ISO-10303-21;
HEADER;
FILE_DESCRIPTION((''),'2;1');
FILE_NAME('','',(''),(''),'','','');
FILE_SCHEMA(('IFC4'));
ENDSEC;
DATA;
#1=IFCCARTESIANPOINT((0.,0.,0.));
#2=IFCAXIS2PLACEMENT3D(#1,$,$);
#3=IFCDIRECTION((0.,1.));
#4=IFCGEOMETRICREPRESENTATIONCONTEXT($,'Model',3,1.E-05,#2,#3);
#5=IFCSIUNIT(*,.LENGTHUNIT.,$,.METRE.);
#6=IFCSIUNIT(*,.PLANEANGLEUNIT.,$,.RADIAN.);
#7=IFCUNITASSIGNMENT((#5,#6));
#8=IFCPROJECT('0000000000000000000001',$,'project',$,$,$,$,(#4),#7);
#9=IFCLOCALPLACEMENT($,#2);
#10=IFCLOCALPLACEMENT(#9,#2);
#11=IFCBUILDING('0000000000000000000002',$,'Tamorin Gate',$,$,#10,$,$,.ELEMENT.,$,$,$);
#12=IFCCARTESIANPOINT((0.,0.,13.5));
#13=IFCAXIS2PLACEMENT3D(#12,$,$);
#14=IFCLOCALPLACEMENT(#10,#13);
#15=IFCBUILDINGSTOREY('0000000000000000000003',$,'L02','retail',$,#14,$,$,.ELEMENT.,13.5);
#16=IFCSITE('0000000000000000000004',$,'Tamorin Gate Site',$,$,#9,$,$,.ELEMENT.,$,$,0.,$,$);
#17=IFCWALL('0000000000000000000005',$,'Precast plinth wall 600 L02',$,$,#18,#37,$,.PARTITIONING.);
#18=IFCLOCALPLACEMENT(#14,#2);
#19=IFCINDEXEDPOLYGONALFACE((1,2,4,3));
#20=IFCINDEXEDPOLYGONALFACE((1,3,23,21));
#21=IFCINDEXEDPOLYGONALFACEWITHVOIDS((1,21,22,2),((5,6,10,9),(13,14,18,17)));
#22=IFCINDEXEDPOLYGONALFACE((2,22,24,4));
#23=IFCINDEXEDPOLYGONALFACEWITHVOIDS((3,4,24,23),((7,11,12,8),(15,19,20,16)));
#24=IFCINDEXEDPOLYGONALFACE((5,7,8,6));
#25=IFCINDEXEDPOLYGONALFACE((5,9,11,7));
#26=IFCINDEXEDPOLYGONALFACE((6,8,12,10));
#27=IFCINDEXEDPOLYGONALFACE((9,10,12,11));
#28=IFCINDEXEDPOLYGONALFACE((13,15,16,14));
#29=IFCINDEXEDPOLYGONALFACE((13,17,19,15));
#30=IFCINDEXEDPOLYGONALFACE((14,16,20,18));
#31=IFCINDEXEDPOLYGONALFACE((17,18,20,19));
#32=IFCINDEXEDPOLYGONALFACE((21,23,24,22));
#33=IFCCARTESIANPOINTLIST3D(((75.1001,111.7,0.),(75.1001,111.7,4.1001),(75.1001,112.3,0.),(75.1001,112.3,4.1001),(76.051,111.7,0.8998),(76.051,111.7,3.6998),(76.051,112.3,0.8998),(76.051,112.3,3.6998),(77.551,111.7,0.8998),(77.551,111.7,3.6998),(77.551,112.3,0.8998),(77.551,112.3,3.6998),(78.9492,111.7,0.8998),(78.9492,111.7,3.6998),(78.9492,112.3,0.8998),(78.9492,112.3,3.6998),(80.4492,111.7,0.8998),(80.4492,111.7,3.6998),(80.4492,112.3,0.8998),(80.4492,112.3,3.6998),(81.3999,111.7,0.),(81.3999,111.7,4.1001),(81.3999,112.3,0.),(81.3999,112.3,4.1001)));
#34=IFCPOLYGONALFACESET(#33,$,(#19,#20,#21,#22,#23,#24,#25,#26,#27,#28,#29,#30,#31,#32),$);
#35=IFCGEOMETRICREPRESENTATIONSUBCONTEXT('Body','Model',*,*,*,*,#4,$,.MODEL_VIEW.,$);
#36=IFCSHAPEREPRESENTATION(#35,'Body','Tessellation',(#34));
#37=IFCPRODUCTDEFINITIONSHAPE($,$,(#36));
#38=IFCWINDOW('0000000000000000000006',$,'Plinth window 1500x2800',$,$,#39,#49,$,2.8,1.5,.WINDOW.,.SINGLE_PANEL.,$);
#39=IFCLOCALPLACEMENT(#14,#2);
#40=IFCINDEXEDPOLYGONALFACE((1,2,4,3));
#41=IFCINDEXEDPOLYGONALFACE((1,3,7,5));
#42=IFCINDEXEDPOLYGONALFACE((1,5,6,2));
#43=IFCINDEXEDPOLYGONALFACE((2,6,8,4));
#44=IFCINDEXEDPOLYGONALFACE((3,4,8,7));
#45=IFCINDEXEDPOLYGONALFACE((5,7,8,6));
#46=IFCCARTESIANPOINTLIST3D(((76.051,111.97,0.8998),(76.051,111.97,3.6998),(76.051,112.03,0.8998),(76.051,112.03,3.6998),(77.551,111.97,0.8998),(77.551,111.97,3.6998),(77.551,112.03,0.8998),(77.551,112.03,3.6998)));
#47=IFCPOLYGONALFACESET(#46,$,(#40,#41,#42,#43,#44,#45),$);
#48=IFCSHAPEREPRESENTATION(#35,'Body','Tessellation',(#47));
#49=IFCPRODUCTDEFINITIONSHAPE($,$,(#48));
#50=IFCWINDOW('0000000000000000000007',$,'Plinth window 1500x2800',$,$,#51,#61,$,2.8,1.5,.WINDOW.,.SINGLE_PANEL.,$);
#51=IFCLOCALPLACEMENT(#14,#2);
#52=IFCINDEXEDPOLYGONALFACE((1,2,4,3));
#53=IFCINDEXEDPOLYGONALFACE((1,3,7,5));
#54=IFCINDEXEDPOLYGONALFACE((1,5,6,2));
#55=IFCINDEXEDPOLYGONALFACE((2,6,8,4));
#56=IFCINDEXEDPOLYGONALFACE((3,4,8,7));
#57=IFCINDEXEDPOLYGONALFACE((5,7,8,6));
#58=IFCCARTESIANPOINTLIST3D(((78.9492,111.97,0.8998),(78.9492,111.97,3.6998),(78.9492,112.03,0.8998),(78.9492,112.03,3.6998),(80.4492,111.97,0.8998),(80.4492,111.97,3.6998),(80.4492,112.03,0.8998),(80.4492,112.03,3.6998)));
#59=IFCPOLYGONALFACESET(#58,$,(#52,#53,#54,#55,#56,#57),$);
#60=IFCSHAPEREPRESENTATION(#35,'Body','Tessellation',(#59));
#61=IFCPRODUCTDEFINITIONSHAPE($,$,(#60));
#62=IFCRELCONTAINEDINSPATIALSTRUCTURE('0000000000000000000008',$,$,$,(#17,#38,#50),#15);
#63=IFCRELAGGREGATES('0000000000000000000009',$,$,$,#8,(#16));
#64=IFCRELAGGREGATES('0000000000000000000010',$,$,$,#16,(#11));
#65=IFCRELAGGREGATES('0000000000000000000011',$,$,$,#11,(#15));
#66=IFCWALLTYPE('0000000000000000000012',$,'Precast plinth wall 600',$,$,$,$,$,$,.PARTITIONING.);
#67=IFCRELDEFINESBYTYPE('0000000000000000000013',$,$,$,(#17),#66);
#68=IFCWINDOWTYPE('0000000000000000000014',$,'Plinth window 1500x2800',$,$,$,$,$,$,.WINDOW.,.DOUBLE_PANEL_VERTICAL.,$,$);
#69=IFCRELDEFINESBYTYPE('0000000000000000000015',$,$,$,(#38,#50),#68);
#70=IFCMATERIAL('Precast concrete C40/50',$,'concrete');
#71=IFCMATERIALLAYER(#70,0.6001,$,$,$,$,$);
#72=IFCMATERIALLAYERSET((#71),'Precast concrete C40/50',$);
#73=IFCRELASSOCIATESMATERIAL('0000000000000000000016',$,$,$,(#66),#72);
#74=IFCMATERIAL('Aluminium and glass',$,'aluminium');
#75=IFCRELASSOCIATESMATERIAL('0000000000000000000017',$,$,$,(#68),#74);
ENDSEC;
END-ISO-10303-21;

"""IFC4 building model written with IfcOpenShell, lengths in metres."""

from ifc_helpers import new_model, si_unit, direction, frame, frame_2d, origin, place, context, subcontext, project, spatial, rectangle, extrude, material, layer, layer_set, type_object, element, fill, save


model = new_model("IFC4")

# Units and contexts
model_context = context("Model", 3, precision=1e-05, world=origin(), true_north=direction((0.0, 1.0)))
body_context = subcontext(model_context, "Body", "Model", "MODEL_VIEW")
ifc_project = project(units=[si_unit("LENGTHUNIT", "METRE"), si_unit("PLANEANGLEUNIT", "RADIAN")], contexts=[model_context])

# Site, building, storey
site_placement = place(None, origin())
site = spatial("IfcSite", under=ifc_project, at=site_placement, Name="Tamorin Gate Site", CompositionType="ELEMENT", RefElevation=0.0)
building_placement = place(site_placement, origin())
building = spatial("IfcBuilding", under=site, at=building_placement, Name="Tamorin Gate", CompositionType="ELEMENT")
storey_placement = place(building_placement, frame((0.0, 0.0, 13.5)))
storey = spatial("IfcBuildingStorey", under=building, at=storey_placement, Name="L02", Description="retail", CompositionType="ELEMENT", Elevation=13.5)

# Shared definitions
ifc_material_1 = material(Name="Precast concrete C40/50", Category="concrete")
ifc_layer_1 = layer(ifc_material_1, 0.6001)
ifc_layer_set_1 = layer_set([ifc_layer_1], Name="Precast concrete C40/50")
wall_type_1 = type_object("IfcWallType", Name="Precast plinth wall 600", PredefinedType="PARTITIONING", material=ifc_layer_set_1)
ifc_material_2 = material(Name="Aluminium and glass", Category="aluminium")

# Wall, openings, windows
window_type_1 = type_object("IfcWindowType", Name="Plinth window 1500x2800", PartitioningType="DOUBLE_PANEL_VERTICAL", PredefinedType="WINDOW", material=ifc_material_2)
wall_1_placement = place(storey_placement, frame((75.1001, 112.0, 0.0), z_axis=(0.0, 0.0, 1.0), x_axis=(1.0, 0.0, 0.0)))
wall_1 = element("IfcWall", 1, at=wall_1_placement, inside=storey, type_object=wall_type_1, Name="Precast plinth wall 600 L02", PredefinedType="PARTITIONING", context=body_context, shape_type="SweptSolid", body=[
    extrude(rectangle(XDim=6.2998, YDim=0.6001, at=frame_2d((3.1499, 0.0))), origin(), (0.0, 0.0, 1.0), 4.1001),
])
opening_1_placement = place(wall_1_placement, frame((0.9509, 0.0, 0.8999)))
opening_1 = element("IfcOpeningElement", 2, at=opening_1_placement, cuts=wall_1, PredefinedType="OPENING", context=body_context, shape_type="SweptSolid", body=[
    extrude(rectangle(XDim=1.5, YDim=2.8, at=frame_2d((0.75, 1.3999))), frame((0.0, 0.3101, 0.0), z_axis=(0.0, -1.0, 0.0), x_axis=(1.0, 0.0, 0.0)), (0.0, 0.0, 1.0), 0.6201),
])
opening_2_placement = place(wall_1_placement, frame((3.8491, 0.0, 0.8999)))
opening_2 = element("IfcOpeningElement", 3, at=opening_2_placement, cuts=wall_1, PredefinedType="OPENING", context=body_context, shape_type="SweptSolid", body=[
    extrude(rectangle(XDim=1.5, YDim=2.8, at=frame_2d((0.75, 1.3999))), frame((0.0, 0.3101, 0.0), z_axis=(0.0, -1.0, 0.0), x_axis=(1.0, 0.0, 0.0)), (0.0, 0.0, 1.0), 0.6201),
])
window_1_placement = place(opening_1_placement, origin())
window_1 = element("IfcWindow", 4, at=window_1_placement, inside=storey, type_object=window_type_1, Name="Plinth window 1500x2800", OverallHeight=2.8, OverallWidth=1.5, PartitioningType="SINGLE_PANEL", PredefinedType="WINDOW", context=body_context, shape_type="SweptSolid", body=[
    extrude(rectangle(XDim=1.5, YDim=2.8, at=frame_2d((0.75, 1.3999))), frame((0.0, 0.03, 0.0), z_axis=(0.0, -1.0, 0.0), x_axis=(1.0, 0.0, 0.0)), (0.0, 0.0, 1.0), 0.0601),
])
fill(opening_1, window_1)
window_2_placement = place(opening_2_placement, origin())
window_2 = element("IfcWindow", 5, at=window_2_placement, inside=storey, type_object=window_type_1, Name="Plinth window 1500x2800", OverallHeight=2.8, OverallWidth=1.5, PartitioningType="SINGLE_PANEL", PredefinedType="WINDOW", context=body_context, shape_type="SweptSolid", body=[
    extrude(rectangle(XDim=1.5, YDim=2.8, at=frame_2d((0.75, 1.3999))), frame((0.0, 0.03, 0.0), z_axis=(0.0, -1.0, 0.0), x_axis=(1.0, 0.0, 0.0)), (0.0, 0.0, 1.0), 0.0601),
])
fill(opening_2, window_2)

save(model, "model.ifc")
